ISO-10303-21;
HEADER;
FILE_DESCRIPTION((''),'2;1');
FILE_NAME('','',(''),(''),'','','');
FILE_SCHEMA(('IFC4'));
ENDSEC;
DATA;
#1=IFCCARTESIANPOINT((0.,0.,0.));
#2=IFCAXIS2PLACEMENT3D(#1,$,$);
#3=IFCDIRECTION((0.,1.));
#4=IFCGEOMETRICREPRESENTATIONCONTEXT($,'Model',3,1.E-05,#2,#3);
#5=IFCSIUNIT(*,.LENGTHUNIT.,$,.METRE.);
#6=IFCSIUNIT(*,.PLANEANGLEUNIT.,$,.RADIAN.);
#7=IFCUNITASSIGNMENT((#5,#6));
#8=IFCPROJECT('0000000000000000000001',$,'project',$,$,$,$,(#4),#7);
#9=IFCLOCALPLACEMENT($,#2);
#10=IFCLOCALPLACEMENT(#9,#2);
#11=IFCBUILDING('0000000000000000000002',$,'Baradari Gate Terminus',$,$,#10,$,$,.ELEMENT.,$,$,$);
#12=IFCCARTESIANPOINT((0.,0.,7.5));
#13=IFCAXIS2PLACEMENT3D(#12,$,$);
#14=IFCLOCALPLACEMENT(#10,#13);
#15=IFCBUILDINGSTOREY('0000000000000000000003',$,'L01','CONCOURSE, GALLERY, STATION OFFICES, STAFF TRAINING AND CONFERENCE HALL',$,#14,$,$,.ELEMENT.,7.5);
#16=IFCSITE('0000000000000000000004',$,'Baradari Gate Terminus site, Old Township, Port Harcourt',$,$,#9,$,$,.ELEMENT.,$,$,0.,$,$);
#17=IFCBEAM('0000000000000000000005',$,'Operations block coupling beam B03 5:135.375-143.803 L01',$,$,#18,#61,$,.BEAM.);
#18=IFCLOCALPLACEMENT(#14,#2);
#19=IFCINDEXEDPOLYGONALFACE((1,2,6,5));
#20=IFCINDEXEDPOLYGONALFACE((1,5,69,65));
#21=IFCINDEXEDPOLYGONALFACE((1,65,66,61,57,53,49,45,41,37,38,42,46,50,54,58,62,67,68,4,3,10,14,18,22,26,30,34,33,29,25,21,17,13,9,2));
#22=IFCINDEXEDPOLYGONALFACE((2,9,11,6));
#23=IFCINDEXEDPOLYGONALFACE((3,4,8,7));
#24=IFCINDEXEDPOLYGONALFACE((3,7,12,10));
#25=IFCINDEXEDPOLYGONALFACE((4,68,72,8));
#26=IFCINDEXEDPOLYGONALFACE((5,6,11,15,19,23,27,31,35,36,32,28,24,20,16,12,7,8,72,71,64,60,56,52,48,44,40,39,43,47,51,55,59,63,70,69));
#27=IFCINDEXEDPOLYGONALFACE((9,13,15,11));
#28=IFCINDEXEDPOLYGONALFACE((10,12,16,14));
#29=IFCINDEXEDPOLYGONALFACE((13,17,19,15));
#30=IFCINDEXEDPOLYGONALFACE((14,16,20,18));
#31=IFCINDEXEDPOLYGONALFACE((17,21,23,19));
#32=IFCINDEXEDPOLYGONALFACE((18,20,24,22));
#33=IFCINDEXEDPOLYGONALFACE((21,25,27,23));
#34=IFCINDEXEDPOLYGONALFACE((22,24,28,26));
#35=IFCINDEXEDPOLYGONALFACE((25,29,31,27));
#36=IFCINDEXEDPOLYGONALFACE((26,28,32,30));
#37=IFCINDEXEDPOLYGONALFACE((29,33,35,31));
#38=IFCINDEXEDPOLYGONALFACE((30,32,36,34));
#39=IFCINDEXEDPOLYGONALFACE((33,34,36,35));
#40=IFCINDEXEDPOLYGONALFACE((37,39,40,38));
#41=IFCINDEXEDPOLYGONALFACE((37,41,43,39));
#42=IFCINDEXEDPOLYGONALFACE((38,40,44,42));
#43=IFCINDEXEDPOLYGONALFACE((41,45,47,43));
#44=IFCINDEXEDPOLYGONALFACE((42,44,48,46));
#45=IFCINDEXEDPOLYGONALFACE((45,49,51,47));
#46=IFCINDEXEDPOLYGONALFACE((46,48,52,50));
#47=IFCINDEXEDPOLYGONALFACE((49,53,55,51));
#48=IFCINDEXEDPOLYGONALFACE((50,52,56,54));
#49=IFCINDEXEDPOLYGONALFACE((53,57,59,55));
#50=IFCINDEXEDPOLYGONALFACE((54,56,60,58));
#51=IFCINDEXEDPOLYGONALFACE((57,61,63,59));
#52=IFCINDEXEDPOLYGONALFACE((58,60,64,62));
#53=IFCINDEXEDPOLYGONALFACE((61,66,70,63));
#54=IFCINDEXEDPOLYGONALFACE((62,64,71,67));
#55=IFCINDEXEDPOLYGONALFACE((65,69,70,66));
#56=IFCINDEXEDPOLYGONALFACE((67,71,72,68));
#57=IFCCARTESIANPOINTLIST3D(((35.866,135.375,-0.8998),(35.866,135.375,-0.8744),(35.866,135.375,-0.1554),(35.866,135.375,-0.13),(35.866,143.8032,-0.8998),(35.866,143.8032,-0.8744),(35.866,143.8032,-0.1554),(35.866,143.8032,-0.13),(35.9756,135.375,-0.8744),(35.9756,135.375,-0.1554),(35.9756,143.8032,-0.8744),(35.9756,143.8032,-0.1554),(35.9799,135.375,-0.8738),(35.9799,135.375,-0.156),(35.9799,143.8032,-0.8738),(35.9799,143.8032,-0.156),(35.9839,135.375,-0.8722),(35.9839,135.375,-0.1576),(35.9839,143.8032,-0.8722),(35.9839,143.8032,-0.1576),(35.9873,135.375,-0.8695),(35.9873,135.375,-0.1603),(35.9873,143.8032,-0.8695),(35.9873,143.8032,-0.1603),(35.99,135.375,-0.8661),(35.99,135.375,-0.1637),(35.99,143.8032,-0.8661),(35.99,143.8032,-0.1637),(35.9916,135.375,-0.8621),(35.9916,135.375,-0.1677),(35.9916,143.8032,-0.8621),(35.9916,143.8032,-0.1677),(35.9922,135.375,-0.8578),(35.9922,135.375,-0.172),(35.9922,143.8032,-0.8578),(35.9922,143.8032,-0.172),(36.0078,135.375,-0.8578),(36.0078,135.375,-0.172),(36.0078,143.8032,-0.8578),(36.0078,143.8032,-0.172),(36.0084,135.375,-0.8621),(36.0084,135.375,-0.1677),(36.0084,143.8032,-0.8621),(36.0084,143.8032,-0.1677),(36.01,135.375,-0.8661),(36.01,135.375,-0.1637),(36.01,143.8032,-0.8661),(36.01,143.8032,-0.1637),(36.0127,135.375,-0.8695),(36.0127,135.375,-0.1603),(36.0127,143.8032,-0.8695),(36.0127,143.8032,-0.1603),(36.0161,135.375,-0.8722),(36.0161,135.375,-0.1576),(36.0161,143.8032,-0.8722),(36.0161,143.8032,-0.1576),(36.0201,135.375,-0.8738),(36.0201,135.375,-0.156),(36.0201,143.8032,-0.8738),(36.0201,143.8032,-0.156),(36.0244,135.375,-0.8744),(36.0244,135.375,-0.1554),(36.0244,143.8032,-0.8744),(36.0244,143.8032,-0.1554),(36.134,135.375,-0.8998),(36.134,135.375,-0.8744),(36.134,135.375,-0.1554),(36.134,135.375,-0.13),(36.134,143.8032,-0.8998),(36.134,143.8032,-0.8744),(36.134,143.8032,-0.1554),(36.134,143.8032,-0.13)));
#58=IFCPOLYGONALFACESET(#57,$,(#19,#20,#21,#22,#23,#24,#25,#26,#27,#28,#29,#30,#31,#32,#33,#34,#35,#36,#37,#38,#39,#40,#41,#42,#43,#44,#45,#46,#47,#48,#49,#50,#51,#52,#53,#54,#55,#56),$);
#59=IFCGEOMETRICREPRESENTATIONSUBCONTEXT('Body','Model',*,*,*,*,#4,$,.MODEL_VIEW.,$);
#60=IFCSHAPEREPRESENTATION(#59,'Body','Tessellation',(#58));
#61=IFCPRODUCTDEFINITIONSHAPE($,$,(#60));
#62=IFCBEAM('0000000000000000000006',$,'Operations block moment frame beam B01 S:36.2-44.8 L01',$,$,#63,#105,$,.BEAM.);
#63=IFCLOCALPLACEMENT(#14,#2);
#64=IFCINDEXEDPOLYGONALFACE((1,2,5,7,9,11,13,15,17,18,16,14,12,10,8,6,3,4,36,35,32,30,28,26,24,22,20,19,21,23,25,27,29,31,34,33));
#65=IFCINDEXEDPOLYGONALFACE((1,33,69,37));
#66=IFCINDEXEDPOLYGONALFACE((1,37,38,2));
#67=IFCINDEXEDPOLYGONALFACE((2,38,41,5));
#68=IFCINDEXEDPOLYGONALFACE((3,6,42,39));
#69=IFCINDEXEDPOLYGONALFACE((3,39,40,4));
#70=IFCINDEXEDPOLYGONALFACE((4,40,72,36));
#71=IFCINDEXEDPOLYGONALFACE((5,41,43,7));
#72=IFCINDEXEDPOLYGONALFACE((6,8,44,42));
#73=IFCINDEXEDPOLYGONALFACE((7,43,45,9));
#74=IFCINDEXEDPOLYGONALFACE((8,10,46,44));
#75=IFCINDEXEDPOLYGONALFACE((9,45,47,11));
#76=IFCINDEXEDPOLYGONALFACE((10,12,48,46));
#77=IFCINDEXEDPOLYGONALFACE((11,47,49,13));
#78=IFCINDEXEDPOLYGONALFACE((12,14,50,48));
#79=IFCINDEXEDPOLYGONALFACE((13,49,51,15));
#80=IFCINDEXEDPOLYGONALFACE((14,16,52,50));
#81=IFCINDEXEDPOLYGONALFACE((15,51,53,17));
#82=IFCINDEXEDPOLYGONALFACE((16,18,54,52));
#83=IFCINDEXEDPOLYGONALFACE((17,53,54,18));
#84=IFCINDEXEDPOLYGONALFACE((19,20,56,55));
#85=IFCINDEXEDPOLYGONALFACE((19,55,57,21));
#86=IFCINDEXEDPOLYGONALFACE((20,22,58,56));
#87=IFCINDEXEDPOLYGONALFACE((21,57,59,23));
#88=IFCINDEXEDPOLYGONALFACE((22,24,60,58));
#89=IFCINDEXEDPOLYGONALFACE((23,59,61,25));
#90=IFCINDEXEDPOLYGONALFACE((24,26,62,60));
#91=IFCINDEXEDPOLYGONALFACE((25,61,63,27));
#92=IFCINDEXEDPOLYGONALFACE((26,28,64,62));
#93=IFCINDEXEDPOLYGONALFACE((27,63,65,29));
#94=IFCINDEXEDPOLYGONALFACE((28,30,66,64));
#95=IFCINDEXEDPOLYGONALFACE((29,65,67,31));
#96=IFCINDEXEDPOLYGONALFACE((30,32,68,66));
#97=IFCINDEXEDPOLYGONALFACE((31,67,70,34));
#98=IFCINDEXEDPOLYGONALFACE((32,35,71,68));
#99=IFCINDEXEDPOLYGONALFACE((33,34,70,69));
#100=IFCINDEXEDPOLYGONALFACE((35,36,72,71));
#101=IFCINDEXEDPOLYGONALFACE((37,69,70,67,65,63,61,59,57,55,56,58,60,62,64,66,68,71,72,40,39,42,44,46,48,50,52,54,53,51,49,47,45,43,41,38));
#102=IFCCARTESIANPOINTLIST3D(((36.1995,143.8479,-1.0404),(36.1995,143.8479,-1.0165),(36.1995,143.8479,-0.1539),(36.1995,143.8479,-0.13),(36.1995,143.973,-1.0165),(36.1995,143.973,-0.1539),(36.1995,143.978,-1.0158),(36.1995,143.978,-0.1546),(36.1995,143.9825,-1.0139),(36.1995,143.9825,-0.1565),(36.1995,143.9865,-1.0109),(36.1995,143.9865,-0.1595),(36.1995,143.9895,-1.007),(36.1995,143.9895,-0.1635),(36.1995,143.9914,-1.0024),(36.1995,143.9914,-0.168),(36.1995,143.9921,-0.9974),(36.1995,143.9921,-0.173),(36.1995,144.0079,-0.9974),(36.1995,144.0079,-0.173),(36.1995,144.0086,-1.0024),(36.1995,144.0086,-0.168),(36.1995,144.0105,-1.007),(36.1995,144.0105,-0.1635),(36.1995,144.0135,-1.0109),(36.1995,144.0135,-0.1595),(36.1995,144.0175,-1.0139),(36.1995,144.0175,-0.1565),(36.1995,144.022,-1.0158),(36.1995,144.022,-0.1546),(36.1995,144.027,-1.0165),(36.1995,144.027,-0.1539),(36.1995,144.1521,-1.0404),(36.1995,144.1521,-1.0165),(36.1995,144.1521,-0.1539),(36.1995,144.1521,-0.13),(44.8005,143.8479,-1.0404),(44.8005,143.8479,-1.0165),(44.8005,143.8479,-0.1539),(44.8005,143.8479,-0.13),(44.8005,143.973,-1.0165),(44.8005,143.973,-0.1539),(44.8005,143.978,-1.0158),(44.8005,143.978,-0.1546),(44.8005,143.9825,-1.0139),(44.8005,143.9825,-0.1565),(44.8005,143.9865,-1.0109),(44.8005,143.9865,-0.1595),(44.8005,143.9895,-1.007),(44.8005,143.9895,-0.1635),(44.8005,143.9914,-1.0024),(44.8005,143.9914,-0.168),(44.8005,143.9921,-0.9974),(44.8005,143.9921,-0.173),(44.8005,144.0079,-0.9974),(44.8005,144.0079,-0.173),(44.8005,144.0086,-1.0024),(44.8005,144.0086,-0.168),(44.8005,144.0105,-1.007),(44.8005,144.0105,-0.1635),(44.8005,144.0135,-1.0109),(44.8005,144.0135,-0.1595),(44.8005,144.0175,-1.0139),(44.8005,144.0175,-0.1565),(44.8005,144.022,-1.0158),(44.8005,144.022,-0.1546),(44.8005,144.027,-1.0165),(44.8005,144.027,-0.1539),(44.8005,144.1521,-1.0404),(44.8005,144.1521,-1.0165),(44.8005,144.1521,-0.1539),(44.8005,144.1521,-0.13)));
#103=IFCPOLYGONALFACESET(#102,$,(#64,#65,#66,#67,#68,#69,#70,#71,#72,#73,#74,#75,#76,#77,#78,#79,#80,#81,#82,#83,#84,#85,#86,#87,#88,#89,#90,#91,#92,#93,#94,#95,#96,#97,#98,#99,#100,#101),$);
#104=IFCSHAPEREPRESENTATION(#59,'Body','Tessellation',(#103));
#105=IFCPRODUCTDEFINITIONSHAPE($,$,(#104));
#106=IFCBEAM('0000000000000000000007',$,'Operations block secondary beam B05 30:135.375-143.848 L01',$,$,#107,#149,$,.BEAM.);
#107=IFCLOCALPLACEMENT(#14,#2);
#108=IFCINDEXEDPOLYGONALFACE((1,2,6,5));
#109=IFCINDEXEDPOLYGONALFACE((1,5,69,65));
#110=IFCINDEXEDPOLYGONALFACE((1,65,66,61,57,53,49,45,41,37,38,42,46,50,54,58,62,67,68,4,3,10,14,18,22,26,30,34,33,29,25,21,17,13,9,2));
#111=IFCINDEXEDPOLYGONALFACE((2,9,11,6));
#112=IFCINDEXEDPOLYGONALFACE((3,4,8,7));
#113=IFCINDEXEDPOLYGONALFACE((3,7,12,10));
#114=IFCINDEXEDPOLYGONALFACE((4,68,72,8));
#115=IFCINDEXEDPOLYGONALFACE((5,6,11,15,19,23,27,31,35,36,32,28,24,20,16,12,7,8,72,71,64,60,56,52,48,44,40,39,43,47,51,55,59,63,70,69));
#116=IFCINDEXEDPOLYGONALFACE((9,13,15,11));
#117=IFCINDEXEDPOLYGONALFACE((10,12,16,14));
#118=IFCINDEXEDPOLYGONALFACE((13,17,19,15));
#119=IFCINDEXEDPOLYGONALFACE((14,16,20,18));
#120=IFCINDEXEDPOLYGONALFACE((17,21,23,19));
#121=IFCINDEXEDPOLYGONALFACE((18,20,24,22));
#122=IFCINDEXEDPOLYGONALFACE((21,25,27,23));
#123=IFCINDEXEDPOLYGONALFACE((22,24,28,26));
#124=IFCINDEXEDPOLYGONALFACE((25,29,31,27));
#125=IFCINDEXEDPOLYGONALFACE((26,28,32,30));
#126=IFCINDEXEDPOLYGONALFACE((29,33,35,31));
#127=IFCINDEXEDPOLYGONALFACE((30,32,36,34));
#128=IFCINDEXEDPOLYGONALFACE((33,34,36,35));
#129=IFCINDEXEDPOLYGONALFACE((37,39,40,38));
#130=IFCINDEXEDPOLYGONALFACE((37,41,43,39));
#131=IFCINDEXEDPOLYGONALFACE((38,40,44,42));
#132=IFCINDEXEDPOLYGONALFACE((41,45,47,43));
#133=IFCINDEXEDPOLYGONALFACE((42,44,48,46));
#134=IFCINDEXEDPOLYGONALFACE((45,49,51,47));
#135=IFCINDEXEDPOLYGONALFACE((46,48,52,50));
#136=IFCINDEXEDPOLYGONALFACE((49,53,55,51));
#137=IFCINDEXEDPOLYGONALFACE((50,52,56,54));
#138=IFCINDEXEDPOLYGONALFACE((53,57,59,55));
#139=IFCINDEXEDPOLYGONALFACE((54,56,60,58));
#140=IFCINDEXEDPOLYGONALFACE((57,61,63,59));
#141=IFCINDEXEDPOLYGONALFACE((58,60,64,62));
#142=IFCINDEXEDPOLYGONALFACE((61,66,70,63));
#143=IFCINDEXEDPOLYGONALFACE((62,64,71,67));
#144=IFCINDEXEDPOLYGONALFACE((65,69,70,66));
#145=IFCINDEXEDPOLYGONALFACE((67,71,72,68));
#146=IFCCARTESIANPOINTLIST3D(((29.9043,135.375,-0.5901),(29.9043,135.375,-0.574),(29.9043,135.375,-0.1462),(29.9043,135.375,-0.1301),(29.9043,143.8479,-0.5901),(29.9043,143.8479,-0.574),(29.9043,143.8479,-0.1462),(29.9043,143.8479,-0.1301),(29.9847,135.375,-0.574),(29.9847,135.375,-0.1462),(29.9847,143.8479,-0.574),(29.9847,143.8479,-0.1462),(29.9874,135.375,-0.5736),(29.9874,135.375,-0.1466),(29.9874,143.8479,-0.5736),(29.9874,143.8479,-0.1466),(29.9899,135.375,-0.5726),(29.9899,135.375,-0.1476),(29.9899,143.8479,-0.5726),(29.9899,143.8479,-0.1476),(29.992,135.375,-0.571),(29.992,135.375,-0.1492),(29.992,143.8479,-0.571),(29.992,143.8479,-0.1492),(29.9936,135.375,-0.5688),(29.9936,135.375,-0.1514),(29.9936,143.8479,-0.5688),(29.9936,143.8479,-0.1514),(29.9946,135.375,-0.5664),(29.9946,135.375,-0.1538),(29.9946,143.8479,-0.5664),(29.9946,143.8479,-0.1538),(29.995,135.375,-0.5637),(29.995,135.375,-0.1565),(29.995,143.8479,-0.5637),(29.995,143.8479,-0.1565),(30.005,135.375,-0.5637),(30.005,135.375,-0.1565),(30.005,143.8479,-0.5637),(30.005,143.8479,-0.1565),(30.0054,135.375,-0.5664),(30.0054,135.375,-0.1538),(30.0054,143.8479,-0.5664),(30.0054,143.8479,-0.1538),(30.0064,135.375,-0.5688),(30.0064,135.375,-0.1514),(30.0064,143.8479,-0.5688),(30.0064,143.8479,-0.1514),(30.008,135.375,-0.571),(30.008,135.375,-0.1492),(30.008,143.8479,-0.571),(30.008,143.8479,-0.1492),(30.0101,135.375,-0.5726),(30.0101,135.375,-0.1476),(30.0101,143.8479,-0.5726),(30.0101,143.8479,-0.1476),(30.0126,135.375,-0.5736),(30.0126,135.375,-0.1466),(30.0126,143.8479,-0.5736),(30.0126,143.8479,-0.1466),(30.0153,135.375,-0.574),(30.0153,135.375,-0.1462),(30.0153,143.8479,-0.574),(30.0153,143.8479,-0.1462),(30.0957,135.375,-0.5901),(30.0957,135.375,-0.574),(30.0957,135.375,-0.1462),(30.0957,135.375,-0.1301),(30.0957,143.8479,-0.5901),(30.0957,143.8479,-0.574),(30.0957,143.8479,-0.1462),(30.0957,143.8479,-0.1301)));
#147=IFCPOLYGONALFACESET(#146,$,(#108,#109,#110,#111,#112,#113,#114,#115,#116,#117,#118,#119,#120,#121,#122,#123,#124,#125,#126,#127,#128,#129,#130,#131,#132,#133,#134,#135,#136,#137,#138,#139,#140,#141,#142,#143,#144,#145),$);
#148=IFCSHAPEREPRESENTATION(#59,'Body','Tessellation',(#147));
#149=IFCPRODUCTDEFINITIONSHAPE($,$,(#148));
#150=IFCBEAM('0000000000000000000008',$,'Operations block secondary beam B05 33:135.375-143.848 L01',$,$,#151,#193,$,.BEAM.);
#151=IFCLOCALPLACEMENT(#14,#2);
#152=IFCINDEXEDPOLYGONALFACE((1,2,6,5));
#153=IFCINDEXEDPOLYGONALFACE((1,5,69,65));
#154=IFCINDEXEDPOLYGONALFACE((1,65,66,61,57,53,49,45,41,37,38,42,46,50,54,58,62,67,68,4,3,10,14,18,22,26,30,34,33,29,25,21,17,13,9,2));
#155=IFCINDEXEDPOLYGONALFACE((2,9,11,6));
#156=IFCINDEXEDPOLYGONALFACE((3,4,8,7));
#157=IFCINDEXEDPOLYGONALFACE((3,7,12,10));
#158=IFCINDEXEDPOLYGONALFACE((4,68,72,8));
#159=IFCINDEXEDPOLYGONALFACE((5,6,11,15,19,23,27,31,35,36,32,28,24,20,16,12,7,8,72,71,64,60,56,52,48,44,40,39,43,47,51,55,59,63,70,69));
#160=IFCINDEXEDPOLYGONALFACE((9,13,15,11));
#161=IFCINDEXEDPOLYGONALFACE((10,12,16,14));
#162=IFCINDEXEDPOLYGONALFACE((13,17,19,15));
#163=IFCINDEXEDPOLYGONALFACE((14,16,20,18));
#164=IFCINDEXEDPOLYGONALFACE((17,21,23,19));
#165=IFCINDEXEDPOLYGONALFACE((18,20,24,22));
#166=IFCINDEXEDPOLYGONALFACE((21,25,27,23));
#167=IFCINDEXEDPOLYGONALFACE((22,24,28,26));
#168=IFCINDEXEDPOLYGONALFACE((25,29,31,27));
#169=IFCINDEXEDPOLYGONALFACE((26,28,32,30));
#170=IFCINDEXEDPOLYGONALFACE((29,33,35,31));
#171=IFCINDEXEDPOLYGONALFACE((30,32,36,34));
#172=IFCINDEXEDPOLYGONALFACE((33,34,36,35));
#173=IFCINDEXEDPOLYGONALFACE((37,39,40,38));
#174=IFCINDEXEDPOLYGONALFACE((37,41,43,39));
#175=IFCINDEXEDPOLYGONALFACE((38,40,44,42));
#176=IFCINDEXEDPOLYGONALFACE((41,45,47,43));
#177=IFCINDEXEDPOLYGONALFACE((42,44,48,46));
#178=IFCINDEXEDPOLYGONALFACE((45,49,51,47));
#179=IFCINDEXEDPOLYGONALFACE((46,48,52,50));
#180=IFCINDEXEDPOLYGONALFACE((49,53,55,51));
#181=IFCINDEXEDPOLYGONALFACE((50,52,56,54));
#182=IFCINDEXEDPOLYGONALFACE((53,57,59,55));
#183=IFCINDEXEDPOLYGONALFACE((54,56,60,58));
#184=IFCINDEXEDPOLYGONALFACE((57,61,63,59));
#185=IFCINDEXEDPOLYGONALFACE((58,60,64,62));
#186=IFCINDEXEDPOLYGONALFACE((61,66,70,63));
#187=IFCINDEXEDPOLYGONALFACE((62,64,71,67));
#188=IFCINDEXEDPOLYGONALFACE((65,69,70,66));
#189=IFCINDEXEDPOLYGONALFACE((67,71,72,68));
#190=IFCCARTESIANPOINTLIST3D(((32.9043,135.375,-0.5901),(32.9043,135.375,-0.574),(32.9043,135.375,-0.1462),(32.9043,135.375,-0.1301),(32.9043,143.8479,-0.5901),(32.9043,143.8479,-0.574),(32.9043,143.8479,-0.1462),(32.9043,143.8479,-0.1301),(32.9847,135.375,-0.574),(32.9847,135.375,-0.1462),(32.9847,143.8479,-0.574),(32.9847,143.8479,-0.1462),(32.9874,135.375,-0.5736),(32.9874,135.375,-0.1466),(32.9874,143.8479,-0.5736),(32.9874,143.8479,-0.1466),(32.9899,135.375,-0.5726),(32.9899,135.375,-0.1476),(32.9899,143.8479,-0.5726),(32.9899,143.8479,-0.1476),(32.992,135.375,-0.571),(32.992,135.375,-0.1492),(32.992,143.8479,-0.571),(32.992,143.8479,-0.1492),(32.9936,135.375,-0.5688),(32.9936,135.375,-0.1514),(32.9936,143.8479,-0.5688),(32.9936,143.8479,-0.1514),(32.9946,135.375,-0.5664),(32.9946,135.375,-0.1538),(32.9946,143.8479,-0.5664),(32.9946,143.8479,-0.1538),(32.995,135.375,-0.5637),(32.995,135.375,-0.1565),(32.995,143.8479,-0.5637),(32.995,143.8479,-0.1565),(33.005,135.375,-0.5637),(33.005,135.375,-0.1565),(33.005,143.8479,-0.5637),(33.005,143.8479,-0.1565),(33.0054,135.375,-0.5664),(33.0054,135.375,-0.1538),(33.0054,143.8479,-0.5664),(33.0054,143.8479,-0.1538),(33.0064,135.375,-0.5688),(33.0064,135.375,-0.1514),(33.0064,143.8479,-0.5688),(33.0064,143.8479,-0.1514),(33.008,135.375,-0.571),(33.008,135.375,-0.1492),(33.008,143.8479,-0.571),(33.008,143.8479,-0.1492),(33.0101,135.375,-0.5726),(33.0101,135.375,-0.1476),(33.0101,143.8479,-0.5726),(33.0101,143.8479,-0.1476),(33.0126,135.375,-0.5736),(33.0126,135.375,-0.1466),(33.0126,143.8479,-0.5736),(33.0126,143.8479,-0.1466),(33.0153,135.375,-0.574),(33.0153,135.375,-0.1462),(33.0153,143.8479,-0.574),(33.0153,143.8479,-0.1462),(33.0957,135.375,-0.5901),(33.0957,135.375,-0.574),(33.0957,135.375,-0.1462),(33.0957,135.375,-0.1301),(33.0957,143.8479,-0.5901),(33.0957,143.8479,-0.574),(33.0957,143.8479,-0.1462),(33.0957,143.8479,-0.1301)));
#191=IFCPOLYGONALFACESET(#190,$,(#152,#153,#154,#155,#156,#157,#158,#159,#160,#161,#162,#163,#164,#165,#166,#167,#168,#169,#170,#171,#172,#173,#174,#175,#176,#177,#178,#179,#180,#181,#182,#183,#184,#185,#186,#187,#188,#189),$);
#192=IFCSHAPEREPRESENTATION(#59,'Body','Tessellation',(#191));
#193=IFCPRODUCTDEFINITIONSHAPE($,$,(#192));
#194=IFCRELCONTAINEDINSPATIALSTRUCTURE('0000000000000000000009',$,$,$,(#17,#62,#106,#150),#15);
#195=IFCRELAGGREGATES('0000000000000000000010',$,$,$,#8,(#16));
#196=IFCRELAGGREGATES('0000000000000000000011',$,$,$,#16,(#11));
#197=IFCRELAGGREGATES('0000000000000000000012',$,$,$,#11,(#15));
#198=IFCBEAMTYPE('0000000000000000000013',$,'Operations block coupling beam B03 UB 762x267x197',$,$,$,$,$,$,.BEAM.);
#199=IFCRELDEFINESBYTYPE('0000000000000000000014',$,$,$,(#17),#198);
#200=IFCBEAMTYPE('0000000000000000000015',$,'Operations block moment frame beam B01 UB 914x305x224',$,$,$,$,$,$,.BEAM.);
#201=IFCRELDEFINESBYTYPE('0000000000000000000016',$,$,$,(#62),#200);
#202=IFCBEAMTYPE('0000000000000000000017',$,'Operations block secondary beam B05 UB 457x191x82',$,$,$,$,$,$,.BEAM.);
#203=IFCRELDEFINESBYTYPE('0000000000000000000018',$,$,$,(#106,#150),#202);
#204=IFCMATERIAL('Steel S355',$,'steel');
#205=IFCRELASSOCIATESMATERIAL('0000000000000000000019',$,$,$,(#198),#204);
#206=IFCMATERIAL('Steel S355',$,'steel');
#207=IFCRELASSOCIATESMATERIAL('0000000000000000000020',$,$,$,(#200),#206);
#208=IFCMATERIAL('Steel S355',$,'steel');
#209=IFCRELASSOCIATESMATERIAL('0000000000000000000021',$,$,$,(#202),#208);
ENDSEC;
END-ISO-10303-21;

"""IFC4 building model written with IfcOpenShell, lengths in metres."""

from ifc_helpers import new_model, si_unit, direction, frame, origin, origin_2d, place, context, subcontext, project, spatial, i_section, extrude, material, material_profile, profile_set, type_object, element, save


model = new_model("IFC4")

# Units and contexts
model_context = context("Model", 3, precision=1e-05, world=origin(), true_north=direction((0.0, 1.0)))
body_context = subcontext(model_context, "Body", "Model", "MODEL_VIEW")
ifc_project = project(units=[si_unit("LENGTHUNIT", "METRE"), si_unit("PLANEANGLEUNIT", "RADIAN")], contexts=[model_context])

# Site, building, storey
site_placement = place(None, origin())
site = spatial("IfcSite", under=ifc_project, at=site_placement, Name="Baradari Gate Terminus site, Old Township, Port Harcourt", CompositionType="ELEMENT", RefElevation=0.0)
building_placement = place(site_placement, origin())
building = spatial("IfcBuilding", under=site, at=building_placement, Name="Baradari Gate Terminus", CompositionType="ELEMENT")
storey_placement = place(building_placement, frame((0.0, 0.0, 7.5)))
storey = spatial("IfcBuildingStorey", under=building, at=storey_placement, Name="L01", Description="CONCOURSE, GALLERY, STATION OFFICES, STAFF TRAINING AND CONFERENCE HALL", CompositionType="ELEMENT", Elevation=7.5)

# Beams
ifc_material_1 = material(Name="Steel S355", Category="steel")
ifc_material_profile_1 = material_profile(ifc_material_1, i_section(OverallWidth=0.2681, OverallDepth=0.7698, WebThickness=0.0156, FlangeThickness=0.0254, FilletRadius=0.0166, at=origin_2d()), Name="UB 762x267x197")
ifc_profile_set_1 = profile_set([ifc_material_profile_1], Name="Steel S355")
beam_type_1 = type_object("IfcBeamType", Name="Operations block coupling beam B03 UB 762x267x197", PredefinedType="BEAM", material=ifc_profile_set_1)
beam_1_placement = place(storey_placement, frame((36.0, 135.375, -0.5149), z_axis=(0.0, 1.0, 0.0), x_axis=(-1.0, 0.0, 0.0)))
element("IfcBeam", 1, at=beam_1_placement, inside=storey, type_object=beam_type_1, Name="Operations block coupling beam B03 5:135.375-143.803 L01", PredefinedType="BEAM", context=body_context, shape_type="SweptSolid", body=[
    extrude(i_section(OverallWidth=0.2681, OverallDepth=0.7698, WebThickness=0.0156, FlangeThickness=0.0254, FilletRadius=0.0166, at=origin_2d()), origin(), (0.0, 0.0, 1.0), 8.4282),
])
ifc_material_2 = material(Name="Steel S355", Category="steel")
ifc_material_profile_2 = material_profile(ifc_material_2, i_section(OverallWidth=0.3042, OverallDepth=0.9104, WebThickness=0.0159, FlangeThickness=0.0239, FilletRadius=0.019, at=origin_2d()), Name="UB 914x305x224")
ifc_profile_set_2 = profile_set([ifc_material_profile_2], Name="Steel S355")
beam_type_2 = type_object("IfcBeamType", Name="Operations block moment frame beam B01 UB 914x305x224", PredefinedType="BEAM", material=ifc_profile_set_2)
beam_2_placement = place(storey_placement, frame((36.1995, 144.0, -0.5852), z_axis=(1.0, 0.0, 0.0), x_axis=(0.0, 1.0, 0.0)))
element("IfcBeam", 2, at=beam_2_placement, inside=storey, type_object=beam_type_2, Name="Operations block moment frame beam B01 S:36.2-44.8 L01", PredefinedType="BEAM", context=body_context, shape_type="SweptSolid", body=[
    extrude(i_section(OverallWidth=0.3042, OverallDepth=0.9104, WebThickness=0.0159, FlangeThickness=0.0239, FilletRadius=0.019, at=origin_2d()), origin(), (0.0, 0.0, 1.0), 8.6011),
])
ifc_material_3 = material(Name="Steel S355", Category="steel")
ifc_material_profile_3 = material_profile(ifc_material_3, i_section(OverallWidth=0.1914, OverallDepth=0.46, WebThickness=0.01, FlangeThickness=0.0161, FilletRadius=0.0103, at=origin_2d()), Name="UB 457x191x82")
ifc_profile_set_3 = profile_set([ifc_material_profile_3], Name="Steel S355")
beam_type_3 = type_object("IfcBeamType", Name="Operations block secondary beam B05 UB 457x191x82", PredefinedType="BEAM", material=ifc_profile_set_3)
for number, where, z_axis, x_axis, name in (
    (3, (30.0, 135.375, -0.3601), (0.0, 1.0, 0.0), (-1.0, 0.0, 0.0), "Operations block secondary beam B05 30:135.375-143.848 L01"),
    (4, (33.0, 135.375, -0.3601), (0.0, 1.0, 0.0), (-1.0, 0.0, 0.0), "Operations block secondary beam B05 33:135.375-143.848 L01"),
):
    element("IfcBeam", number, at=place(storey_placement, frame(where, z_axis=z_axis, x_axis=x_axis)), inside=storey, type_object=beam_type_3, Name=name, PredefinedType="BEAM", context=body_context, shape_type="SweptSolid", body=[
        extrude(i_section(OverallWidth=0.1914, OverallDepth=0.46, WebThickness=0.01, FlangeThickness=0.0161, FilletRadius=0.0103, at=origin_2d()), origin(), (0.0, 0.0, 1.0), 8.4729),
    ])

save(model, "model.ifc")
